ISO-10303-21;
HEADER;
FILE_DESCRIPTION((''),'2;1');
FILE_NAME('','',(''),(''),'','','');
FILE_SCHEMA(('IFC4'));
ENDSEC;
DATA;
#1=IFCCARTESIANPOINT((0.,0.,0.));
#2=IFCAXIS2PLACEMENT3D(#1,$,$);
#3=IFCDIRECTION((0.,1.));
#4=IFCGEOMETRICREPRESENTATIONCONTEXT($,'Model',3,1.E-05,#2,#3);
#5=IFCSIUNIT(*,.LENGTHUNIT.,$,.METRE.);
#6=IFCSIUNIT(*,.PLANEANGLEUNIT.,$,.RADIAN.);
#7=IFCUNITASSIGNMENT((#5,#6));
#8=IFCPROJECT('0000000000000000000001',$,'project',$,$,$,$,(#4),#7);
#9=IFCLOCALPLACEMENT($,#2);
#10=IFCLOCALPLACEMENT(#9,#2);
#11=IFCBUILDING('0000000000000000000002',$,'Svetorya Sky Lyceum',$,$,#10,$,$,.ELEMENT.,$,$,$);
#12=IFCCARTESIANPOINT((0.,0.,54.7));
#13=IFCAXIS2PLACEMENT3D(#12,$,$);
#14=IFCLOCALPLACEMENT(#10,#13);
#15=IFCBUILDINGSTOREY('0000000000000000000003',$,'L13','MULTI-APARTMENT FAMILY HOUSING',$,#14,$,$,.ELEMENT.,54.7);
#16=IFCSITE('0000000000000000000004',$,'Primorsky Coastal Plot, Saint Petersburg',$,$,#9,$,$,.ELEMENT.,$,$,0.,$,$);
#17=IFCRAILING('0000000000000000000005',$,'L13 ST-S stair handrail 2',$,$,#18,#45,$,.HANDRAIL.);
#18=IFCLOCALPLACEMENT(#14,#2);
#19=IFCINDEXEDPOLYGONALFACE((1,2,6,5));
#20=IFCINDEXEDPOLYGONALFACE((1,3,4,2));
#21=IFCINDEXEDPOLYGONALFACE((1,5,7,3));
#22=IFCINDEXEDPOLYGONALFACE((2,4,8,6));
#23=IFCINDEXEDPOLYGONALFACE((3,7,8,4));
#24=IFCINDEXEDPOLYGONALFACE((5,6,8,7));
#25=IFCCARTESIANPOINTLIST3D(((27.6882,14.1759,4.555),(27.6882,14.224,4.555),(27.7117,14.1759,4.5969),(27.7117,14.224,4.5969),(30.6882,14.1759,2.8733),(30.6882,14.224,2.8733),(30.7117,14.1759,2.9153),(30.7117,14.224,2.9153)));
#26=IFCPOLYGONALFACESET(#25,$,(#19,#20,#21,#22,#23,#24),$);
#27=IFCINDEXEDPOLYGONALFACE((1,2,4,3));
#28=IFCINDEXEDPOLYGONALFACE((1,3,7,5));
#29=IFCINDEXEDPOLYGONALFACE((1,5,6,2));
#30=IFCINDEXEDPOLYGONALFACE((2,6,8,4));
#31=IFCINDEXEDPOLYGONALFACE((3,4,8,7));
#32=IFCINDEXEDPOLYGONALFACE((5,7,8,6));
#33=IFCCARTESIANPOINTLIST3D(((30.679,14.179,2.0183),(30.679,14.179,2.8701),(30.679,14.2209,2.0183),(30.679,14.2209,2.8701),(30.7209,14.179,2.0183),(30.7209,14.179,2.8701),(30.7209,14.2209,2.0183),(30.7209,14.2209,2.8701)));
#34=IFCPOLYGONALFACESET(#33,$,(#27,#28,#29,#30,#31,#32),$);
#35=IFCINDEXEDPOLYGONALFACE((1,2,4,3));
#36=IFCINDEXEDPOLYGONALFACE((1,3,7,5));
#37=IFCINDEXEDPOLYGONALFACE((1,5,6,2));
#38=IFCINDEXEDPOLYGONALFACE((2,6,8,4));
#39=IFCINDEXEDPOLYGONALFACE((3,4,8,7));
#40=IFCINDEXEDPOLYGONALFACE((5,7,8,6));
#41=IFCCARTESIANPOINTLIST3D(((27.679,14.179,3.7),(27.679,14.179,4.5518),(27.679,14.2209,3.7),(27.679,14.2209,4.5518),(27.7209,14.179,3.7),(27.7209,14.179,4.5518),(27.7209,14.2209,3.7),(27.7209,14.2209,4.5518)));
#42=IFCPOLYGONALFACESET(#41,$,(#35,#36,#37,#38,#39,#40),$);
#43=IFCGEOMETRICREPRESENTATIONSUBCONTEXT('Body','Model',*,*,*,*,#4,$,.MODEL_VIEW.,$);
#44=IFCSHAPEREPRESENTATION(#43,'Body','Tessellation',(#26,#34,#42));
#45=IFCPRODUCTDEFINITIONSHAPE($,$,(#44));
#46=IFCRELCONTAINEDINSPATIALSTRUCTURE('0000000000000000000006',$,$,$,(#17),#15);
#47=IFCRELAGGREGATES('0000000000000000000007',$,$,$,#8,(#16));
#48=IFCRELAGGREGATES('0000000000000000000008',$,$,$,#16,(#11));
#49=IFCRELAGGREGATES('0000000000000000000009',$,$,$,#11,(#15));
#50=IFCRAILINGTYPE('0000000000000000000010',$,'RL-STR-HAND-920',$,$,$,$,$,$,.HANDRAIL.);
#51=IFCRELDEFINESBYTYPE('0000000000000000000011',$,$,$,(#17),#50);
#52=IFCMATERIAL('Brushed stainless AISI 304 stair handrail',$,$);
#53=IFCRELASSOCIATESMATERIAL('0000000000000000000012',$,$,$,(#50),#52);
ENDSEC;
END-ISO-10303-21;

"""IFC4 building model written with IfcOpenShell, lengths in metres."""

from ifc_helpers import new_model, si_unit, direction, frame, origin, origin_2d, place, context, subcontext, project, spatial, rectangle, extrude, material, type_object, element, save


model = new_model("IFC4")

# Units and contexts
model_context = context("Model", 3, precision=1e-05, world=origin(), true_north=direction((0.0, 1.0)))
body_context = subcontext(model_context, "Body", "Model", "MODEL_VIEW")
ifc_project = project(units=[si_unit("LENGTHUNIT", "METRE"), si_unit("PLANEANGLEUNIT", "RADIAN")], contexts=[model_context])

# Site, building, storey
site_placement = place(None, origin())
site = spatial("IfcSite", under=ifc_project, at=site_placement, Name="Primorsky Coastal Plot, Saint Petersburg", CompositionType="ELEMENT", RefElevation=0.0)
building_placement = place(site_placement, origin())
building = spatial("IfcBuilding", under=site, at=building_placement, Name="Svetorya Sky Lyceum", CompositionType="ELEMENT")
storey_placement = place(building_placement, frame((0.0, 0.0, 54.7)))
storey = spatial("IfcBuildingStorey", under=building, at=storey_placement, Name="L13", Description="MULTI-APARTMENT FAMILY HOUSING", CompositionType="ELEMENT", Elevation=54.7)

# Railing
ifc_material_1 = material(Name="Brushed stainless AISI 304 stair handrail")
railing_type_1 = type_object("IfcRailingType", Name="RL-STR-HAND-920", PredefinedType="HANDRAIL", material=ifc_material_1)
railing_1_placement = place(storey_placement, frame((30.7, 14.2, 2.0183)))
element("IfcRailing", 1, at=railing_1_placement, inside=storey, type_object=railing_type_1, Name="L13 ST-S stair handrail 2", PredefinedType="HANDRAIL", context=body_context, shape_type="SweptSolid", body=[
    extrude(rectangle(XDim=0.0481, YDim=0.0481, at=origin_2d()), frame((0.0, 0.0, 0.876), z_axis=(-0.872303, 0.0, 0.488966), x_axis=(0.0, -1.0, 0.0)), (0.0, 0.0, 1.0), 3.4392),
    extrude(rectangle(XDim=0.042, YDim=0.042, at=origin_2d()), origin(), (0.0, 0.0, 1.0), 0.8518),
    extrude(rectangle(XDim=0.042, YDim=0.042, at=origin_2d()), frame((-3.0, 0.0, 1.6816)), (0.0, 0.0, 1.0), 0.8518),
])

save(model, "model.ifc")
